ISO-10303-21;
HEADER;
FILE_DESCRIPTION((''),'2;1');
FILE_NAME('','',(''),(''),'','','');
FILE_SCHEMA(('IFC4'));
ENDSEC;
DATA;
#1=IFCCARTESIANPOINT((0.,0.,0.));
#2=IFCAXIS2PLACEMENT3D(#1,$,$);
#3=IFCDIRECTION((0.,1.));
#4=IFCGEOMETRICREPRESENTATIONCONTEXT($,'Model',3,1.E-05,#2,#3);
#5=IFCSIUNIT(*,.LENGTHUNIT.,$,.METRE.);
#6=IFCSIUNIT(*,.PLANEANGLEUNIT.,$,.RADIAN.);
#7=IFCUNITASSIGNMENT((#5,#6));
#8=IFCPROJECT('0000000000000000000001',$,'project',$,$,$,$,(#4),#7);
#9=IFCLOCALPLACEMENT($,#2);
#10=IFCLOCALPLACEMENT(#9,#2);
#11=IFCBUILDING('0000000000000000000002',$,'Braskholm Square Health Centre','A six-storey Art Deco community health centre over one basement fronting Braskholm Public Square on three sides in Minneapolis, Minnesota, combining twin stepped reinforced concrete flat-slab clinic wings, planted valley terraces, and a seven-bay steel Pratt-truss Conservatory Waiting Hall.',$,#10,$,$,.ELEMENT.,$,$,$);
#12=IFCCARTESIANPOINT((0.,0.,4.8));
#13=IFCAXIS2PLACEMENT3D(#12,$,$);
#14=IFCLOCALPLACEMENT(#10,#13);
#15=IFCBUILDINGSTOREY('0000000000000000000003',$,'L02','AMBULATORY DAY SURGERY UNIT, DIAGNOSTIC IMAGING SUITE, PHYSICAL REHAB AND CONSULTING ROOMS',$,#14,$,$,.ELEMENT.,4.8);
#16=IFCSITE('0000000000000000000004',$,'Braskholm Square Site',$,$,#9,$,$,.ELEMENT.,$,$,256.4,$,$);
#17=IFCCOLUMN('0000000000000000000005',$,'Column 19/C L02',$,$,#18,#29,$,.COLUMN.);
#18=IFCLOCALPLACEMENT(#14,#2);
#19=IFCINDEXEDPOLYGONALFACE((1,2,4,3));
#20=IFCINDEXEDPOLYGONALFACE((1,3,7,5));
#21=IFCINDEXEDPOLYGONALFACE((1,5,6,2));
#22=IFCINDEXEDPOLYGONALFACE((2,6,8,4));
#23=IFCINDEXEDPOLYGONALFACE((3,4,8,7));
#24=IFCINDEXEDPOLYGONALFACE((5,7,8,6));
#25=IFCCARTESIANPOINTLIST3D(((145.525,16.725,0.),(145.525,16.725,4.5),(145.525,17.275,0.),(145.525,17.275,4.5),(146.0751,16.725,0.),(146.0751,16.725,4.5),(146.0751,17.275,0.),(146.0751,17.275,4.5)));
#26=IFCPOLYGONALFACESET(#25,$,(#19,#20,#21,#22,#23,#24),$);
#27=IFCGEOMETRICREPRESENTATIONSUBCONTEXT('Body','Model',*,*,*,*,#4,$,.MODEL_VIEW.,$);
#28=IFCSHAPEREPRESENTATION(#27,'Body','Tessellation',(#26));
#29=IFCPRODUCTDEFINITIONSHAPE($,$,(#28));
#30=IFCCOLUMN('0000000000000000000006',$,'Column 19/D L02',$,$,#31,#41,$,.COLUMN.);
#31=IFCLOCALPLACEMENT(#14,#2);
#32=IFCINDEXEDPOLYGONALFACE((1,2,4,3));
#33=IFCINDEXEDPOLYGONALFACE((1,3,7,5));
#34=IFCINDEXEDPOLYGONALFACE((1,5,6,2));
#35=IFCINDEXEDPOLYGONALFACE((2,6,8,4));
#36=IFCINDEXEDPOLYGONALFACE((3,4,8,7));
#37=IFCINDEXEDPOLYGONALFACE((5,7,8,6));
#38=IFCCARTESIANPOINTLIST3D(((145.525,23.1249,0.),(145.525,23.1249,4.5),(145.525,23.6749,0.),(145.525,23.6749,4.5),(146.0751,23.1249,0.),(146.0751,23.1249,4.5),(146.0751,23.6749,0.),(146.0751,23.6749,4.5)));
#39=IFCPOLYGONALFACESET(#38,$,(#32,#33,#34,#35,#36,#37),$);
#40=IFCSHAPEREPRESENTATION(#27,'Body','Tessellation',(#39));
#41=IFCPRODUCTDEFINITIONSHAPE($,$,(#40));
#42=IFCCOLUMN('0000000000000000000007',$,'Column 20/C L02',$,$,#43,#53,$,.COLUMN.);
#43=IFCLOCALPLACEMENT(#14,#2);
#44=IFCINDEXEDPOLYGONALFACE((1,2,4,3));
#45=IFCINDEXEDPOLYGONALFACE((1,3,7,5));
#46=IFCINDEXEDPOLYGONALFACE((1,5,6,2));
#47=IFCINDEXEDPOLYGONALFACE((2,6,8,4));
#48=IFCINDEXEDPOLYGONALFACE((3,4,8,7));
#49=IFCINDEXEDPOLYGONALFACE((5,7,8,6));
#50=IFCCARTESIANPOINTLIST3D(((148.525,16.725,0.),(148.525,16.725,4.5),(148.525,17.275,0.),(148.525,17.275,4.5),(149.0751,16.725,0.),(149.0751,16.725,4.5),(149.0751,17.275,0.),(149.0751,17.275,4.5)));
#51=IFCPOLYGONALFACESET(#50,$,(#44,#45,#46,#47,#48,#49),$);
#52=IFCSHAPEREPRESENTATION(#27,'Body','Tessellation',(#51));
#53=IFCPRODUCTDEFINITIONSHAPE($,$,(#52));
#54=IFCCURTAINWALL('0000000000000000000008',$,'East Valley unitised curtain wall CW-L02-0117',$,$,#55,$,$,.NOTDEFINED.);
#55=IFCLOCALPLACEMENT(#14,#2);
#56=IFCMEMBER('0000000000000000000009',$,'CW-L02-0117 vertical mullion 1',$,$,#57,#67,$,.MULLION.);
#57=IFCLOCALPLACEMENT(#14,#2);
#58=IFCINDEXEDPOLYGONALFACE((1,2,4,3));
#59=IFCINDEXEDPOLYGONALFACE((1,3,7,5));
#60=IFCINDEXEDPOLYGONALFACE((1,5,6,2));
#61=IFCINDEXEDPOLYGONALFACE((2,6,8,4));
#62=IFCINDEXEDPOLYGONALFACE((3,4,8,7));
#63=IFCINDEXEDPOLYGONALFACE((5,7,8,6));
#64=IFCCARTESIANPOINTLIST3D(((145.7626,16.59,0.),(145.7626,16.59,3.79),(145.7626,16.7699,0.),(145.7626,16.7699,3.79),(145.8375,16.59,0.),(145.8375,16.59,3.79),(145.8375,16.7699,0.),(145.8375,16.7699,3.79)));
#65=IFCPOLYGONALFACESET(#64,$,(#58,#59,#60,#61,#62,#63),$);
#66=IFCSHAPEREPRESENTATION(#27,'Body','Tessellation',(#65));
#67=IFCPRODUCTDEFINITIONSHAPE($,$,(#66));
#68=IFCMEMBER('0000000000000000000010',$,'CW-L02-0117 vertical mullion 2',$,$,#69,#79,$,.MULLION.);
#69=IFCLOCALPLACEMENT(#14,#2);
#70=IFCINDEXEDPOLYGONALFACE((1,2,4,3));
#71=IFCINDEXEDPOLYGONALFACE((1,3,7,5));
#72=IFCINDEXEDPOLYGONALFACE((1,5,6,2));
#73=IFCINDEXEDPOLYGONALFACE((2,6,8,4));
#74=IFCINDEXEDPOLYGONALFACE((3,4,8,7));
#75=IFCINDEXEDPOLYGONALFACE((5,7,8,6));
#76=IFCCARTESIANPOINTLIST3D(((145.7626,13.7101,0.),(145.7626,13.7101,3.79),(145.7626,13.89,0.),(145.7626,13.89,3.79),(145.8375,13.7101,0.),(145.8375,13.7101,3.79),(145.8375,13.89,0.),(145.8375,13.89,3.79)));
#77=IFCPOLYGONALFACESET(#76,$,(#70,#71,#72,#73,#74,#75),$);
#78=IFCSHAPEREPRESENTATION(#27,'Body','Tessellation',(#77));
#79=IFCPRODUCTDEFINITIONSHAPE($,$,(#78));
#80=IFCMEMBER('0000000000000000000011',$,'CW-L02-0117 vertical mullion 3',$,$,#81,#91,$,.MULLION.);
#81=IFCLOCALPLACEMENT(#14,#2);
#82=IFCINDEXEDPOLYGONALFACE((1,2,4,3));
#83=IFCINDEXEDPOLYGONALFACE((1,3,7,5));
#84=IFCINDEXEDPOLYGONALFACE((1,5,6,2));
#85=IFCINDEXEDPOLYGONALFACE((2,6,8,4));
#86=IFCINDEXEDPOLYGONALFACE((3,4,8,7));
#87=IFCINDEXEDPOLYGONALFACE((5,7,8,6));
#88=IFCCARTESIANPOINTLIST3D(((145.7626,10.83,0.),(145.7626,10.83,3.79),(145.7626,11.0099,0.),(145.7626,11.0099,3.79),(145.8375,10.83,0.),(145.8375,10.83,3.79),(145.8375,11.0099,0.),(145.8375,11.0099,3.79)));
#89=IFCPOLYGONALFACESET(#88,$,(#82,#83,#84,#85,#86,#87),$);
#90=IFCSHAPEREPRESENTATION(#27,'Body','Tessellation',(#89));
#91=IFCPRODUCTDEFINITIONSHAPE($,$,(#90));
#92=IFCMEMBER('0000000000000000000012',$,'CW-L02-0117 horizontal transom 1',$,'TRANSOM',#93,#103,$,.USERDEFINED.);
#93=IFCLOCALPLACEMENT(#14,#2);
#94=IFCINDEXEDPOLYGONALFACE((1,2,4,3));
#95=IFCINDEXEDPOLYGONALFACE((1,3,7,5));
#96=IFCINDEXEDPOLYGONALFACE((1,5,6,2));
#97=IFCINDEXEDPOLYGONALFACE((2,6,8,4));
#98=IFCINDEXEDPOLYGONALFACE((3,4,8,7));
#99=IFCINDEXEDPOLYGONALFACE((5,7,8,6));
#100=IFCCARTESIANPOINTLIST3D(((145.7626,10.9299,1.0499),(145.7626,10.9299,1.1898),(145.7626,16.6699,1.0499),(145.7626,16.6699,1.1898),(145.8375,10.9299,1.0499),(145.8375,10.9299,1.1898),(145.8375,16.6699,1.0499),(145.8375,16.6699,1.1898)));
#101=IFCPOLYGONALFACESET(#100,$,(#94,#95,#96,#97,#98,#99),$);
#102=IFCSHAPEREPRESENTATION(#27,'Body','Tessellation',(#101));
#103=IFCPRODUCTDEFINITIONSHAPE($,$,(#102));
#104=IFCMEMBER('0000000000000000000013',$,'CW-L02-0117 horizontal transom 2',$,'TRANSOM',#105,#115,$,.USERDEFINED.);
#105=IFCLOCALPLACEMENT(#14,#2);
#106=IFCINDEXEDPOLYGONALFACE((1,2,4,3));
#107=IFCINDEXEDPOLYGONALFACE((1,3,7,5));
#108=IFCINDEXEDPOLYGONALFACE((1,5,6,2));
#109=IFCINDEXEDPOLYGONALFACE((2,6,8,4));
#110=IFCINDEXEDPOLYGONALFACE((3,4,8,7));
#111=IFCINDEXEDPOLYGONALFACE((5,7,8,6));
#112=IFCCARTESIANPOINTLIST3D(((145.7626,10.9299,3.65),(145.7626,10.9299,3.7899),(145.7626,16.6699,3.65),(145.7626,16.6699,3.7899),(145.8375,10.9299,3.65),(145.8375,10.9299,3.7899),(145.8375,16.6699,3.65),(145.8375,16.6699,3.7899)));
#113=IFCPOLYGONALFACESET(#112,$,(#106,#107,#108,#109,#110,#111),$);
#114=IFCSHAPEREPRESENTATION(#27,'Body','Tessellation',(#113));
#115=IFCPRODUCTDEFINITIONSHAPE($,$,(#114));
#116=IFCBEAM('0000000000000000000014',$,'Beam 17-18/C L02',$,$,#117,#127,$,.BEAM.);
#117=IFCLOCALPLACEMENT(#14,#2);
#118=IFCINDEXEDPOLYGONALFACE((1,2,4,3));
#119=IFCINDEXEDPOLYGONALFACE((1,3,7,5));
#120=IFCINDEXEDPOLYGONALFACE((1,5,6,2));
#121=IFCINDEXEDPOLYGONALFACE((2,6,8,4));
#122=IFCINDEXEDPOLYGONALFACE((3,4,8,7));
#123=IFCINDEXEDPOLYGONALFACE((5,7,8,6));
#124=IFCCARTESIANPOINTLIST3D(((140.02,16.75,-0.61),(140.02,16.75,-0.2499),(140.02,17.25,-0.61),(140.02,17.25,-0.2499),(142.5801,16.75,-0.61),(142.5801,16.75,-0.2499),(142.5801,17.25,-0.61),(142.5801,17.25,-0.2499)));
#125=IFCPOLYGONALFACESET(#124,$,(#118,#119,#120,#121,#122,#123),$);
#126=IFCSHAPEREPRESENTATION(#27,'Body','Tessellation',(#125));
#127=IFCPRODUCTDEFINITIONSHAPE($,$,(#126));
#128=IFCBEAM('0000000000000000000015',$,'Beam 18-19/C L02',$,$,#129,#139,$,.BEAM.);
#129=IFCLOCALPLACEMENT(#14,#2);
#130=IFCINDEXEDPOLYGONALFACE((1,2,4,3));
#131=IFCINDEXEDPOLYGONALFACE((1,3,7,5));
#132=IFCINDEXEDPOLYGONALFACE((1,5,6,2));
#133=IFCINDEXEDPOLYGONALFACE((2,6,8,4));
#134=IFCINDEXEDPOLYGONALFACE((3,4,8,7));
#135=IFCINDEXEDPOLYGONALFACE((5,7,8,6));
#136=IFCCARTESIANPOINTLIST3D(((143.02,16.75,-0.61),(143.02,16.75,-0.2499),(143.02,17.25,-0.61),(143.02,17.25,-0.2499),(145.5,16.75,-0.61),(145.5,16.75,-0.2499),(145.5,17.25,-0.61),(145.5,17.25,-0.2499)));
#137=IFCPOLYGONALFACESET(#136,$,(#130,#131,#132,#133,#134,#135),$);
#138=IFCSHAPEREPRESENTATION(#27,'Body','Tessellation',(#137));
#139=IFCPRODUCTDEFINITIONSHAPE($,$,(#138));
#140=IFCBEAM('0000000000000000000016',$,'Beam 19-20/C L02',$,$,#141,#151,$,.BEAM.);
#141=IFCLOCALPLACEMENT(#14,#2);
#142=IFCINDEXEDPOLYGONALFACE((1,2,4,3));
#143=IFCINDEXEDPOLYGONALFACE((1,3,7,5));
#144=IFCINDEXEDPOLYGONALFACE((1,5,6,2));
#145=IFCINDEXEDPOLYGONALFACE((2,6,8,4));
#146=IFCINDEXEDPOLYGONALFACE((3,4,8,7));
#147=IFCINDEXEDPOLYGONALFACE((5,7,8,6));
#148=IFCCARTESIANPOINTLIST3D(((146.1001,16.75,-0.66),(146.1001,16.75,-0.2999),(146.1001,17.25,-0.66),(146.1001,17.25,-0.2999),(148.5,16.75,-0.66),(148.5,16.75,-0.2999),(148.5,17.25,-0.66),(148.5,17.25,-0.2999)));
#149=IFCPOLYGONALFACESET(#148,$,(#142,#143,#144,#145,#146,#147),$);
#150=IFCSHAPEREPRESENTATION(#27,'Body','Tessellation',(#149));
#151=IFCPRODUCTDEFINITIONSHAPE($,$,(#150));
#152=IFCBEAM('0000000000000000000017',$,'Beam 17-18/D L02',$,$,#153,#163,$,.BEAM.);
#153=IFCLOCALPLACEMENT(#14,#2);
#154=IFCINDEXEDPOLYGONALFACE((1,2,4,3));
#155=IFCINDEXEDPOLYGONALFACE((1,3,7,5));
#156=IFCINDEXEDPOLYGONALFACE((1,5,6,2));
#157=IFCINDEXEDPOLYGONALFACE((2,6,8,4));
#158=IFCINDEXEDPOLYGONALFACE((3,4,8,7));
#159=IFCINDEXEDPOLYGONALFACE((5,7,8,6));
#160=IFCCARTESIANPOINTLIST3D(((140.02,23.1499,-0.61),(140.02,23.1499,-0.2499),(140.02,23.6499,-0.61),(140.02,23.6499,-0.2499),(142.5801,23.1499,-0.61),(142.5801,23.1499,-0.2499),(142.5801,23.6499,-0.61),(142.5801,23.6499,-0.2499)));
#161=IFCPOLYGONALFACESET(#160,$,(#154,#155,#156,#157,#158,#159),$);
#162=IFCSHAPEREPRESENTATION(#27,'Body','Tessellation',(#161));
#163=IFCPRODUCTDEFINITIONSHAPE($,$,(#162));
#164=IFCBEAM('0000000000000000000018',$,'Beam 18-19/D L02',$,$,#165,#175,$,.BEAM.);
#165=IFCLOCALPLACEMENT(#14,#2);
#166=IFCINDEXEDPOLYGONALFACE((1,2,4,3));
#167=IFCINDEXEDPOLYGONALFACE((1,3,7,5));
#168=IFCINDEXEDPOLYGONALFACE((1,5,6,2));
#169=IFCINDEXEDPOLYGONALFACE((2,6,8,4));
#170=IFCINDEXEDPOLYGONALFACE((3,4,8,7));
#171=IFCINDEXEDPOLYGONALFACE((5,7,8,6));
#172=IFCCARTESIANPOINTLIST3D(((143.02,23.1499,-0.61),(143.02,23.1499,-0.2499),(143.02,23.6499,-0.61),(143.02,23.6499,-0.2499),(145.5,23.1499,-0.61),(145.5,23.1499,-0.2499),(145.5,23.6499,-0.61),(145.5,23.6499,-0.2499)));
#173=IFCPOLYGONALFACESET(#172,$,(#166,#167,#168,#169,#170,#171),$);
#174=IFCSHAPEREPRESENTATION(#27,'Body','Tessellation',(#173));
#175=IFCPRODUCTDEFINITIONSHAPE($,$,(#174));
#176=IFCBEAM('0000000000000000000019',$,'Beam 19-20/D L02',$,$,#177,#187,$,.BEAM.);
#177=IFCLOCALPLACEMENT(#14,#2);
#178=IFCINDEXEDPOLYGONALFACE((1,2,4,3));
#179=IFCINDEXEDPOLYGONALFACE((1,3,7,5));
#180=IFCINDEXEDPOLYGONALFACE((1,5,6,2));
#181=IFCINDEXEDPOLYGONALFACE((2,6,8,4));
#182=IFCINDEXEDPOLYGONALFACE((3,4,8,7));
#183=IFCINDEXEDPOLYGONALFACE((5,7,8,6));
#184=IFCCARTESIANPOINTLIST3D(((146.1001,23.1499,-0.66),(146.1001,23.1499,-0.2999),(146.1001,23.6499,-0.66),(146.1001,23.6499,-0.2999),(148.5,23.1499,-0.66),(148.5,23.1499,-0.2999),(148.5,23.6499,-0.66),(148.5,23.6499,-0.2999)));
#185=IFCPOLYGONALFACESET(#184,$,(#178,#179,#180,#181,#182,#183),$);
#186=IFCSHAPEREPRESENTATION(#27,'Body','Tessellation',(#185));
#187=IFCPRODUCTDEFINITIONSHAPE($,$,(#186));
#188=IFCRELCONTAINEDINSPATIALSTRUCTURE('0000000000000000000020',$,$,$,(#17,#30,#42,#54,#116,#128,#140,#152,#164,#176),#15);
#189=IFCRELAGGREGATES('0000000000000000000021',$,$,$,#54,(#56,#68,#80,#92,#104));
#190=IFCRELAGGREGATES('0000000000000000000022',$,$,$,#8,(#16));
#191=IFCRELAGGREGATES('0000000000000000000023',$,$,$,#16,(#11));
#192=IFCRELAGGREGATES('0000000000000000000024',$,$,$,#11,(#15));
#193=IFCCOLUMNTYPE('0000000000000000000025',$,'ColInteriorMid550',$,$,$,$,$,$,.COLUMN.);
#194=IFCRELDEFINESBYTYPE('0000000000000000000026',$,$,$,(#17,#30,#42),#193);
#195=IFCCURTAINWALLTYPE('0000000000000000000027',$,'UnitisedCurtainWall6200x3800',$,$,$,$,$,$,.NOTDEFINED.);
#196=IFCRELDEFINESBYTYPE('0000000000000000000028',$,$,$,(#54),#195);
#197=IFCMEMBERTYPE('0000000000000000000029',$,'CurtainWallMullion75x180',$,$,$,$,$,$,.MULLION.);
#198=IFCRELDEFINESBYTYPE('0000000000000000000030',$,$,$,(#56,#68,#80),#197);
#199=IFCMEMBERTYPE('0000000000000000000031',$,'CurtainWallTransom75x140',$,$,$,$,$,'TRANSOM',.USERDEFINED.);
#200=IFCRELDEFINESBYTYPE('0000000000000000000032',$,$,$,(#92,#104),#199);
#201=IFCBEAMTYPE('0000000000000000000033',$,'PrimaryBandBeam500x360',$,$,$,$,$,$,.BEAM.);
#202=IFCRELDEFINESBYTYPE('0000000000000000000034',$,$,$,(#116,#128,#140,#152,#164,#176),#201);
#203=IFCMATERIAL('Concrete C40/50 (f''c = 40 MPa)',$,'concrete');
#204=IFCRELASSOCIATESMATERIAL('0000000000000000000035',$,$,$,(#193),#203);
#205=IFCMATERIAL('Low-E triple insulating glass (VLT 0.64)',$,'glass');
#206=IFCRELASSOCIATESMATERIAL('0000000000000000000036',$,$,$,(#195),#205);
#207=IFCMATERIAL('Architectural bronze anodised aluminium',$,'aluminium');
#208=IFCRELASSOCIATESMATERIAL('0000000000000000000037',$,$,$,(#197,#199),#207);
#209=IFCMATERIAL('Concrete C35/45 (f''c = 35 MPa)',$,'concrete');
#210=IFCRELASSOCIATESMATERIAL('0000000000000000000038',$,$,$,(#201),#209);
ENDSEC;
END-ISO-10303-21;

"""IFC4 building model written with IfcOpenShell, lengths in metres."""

from ifc_helpers import new_model, si_unit, direction, frame, origin, origin_2d, place, context, subcontext, project, spatial, rectangle, extrude, material, material_profile, profile_set, type_object, element, aggregate, save


model = new_model("IFC4")

# Units and contexts
model_context = context("Model", 3, precision=1e-05, world=origin(), true_north=direction((0.0, 1.0)))
body_context = subcontext(model_context, "Body", "Model", "MODEL_VIEW")
ifc_project = project(units=[si_unit("LENGTHUNIT", "METRE"), si_unit("PLANEANGLEUNIT", "RADIAN")], contexts=[model_context])

# Site, building, storey
site_placement = place(None, origin())
site = spatial("IfcSite", under=ifc_project, at=site_placement, Name="Braskholm Square Site", CompositionType="ELEMENT", RefElevation=256.4)
building_placement = place(site_placement, origin())
building = spatial("IfcBuilding", under=site, at=building_placement, Name="Braskholm Square Health Centre", Description="A six-storey Art Deco community health centre over one basement fronting Braskholm Public Square on three sides in Minneapolis, Minnesota, combining twin stepped reinforced concrete flat-slab clinic wings, planted valley terraces, and a seven-bay steel Pratt-truss Conservatory Waiting Hall.", CompositionType="ELEMENT")
storey_placement = place(building_placement, frame((0.0, 0.0, 4.8)))
storey = spatial("IfcBuildingStorey", under=building, at=storey_placement, Name="L02", Description="AMBULATORY DAY SURGERY UNIT, DIAGNOSTIC IMAGING SUITE, PHYSICAL REHAB AND CONSULTING ROOMS", CompositionType="ELEMENT", Elevation=4.8)

# Columns
ifc_material_1 = material(Name="Concrete C40/50 (f'c = 40 MPa)", Category="concrete")
ifc_material_profile_1 = material_profile(ifc_material_1, rectangle(XDim=0.55, YDim=0.55, at=origin_2d()), Name="RC-550X550")
ifc_profile_set_1 = profile_set([ifc_material_profile_1], Name="Concrete C40/50 (f'c = 40 MPa)")
column_type = type_object("IfcColumnType", Name="ColInteriorMid550", PredefinedType="COLUMN", material=ifc_profile_set_1)
for number, where, z_axis, x_axis, name in (
    (1, (145.8, 17.0, 0.0), (0.0, 0.0, 1.0), (1.0, 0.0, 0.0), "Column 19/C L02"),
    (2, (145.8, 23.3999, 0.0), (0.0, 0.0, 1.0), (1.0, 0.0, 0.0), "Column 19/D L02"),
    (3, (148.8, 17.0, 0.0), (0.0, 0.0, 1.0), (1.0, 0.0, 0.0), "Column 20/C L02"),
):
    element("IfcColumn", number, at=place(storey_placement, frame(where, z_axis=z_axis, x_axis=x_axis)), inside=storey, type_object=column_type, Name=name, PredefinedType="COLUMN", context=body_context, shape_type="SweptSolid", body=[
        extrude(rectangle(XDim=0.55, YDim=0.55, at=origin_2d()), origin(), (0.0, 0.0, 1.0), 4.5),
    ])

# Curtain wall, members
ifc_material_2 = material(Name="Low-E triple insulating glass (VLT 0.64)", Category="glass")
curtain_wall_type = type_object("IfcCurtainWallType", Name="UnitisedCurtainWall6200x3800", PredefinedType="NOTDEFINED", material=ifc_material_2)
curtain_wall_placement = place(storey_placement, origin())
curtain_wall = element("IfcCurtainWall", 4, at=curtain_wall_placement, inside=storey, type_object=curtain_wall_type, Name="East Valley unitised curtain wall CW-L02-0117", PredefinedType="NOTDEFINED")
ifc_material_3 = material(Name="Architectural bronze anodised aluminium", Category="aluminium")
ifc_material_profile_2 = material_profile(ifc_material_3, rectangle(XDim=0.075, YDim=0.1799, at=origin_2d()), Name="ALU-75X180")
ifc_profile_set_2 = profile_set([ifc_material_profile_2], Name="Architectural bronze anodised aluminium")
member_type_1 = type_object("IfcMemberType", Name="CurtainWallMullion75x180", PredefinedType="MULLION", material=ifc_profile_set_2)
member_1_placement = place(storey_placement, frame((145.8, 16.6799, 0.0), z_axis=(0.0, 0.0, 1.0), x_axis=(1.0, 0.0, 0.0)))
member_1 = element("IfcMember", 5, at=member_1_placement, type_object=member_type_1, Name="CW-L02-0117 vertical mullion 1", PredefinedType="MULLION", context=body_context, shape_type="SweptSolid", body=[
    extrude(rectangle(XDim=0.075, YDim=0.1799, at=origin_2d()), origin(), (0.0, 0.0, 1.0), 3.79),
])
member_2_placement = place(storey_placement, frame((145.8, 13.8, 0.0), z_axis=(0.0, 0.0, 1.0), x_axis=(1.0, 0.0, 0.0)))
member_2 = element("IfcMember", 6, at=member_2_placement, type_object=member_type_1, Name="CW-L02-0117 vertical mullion 2", PredefinedType="MULLION", context=body_context, shape_type="SweptSolid", body=[
    extrude(rectangle(XDim=0.075, YDim=0.1799, at=origin_2d()), origin(), (0.0, 0.0, 1.0), 3.79),
])
member_3_placement = place(storey_placement, frame((145.8, 10.9199, 0.0), z_axis=(0.0, 0.0, 1.0), x_axis=(1.0, 0.0, 0.0)))
member_3 = element("IfcMember", 7, at=member_3_placement, type_object=member_type_1, Name="CW-L02-0117 vertical mullion 3", PredefinedType="MULLION", context=body_context, shape_type="SweptSolid", body=[
    extrude(rectangle(XDim=0.075, YDim=0.1799, at=origin_2d()), origin(), (0.0, 0.0, 1.0), 3.79),
])
ifc_material_profile_3 = material_profile(ifc_material_3, rectangle(XDim=0.075, YDim=0.1399, at=origin_2d()), Name="ALU-75X140")
ifc_profile_set_3 = profile_set([ifc_material_profile_3], Name="Architectural bronze anodised aluminium")
member_type_2 = type_object("IfcMemberType", Name="CurtainWallTransom75x140", ElementType="TRANSOM", PredefinedType="USERDEFINED", material=ifc_profile_set_3)
member_4_placement = place(storey_placement, frame((145.8, 16.6699, 1.1199), z_axis=(0.0, -1.0, 0.0), x_axis=(1.0, 0.0, 0.0)))
member_4 = element("IfcMember", 8, at=member_4_placement, type_object=member_type_2, Name="CW-L02-0117 horizontal transom 1", ObjectType="TRANSOM", PredefinedType="USERDEFINED", context=body_context, shape_type="SweptSolid", body=[
    extrude(rectangle(XDim=0.075, YDim=0.1399, at=origin_2d()), origin(), (0.0, 0.0, 1.0), 5.74),
])
member_5_placement = place(storey_placement, frame((145.8, 16.6699, 3.72), z_axis=(0.0, -1.0, 0.0), x_axis=(1.0, 0.0, 0.0)))
member_5 = element("IfcMember", 9, at=member_5_placement, type_object=member_type_2, Name="CW-L02-0117 horizontal transom 2", ObjectType="TRANSOM", PredefinedType="USERDEFINED", context=body_context, shape_type="SweptSolid", body=[
    extrude(rectangle(XDim=0.075, YDim=0.1399, at=origin_2d()), origin(), (0.0, 0.0, 1.0), 5.74),
])

# Beams
ifc_material_4 = material(Name="Concrete C35/45 (f'c = 35 MPa)", Category="concrete")
ifc_material_profile_4 = material_profile(ifc_material_4, rectangle(XDim=0.5, YDim=0.3601, at=origin_2d()), Name="RCB-500X360")
ifc_profile_set_4 = profile_set([ifc_material_profile_4], Name="Concrete C35/45 (f'c = 35 MPa)")
beam_type_1 = type_object("IfcBeamType", Name="PrimaryBandBeam500x360", PredefinedType="BEAM", material=ifc_profile_set_4)
beam_1_placement = place(storey_placement, frame((140.02, 17.0, -0.4299), z_axis=(1.0, 0.0, 0.0), x_axis=(0.0, 1.0, 0.0)))
element("IfcBeam", 10, at=beam_1_placement, inside=storey, type_object=beam_type_1, Name="Beam 17-18/C L02", PredefinedType="BEAM", context=body_context, shape_type="SweptSolid", body=[
    extrude(rectangle(XDim=0.5, YDim=0.3601, at=origin_2d()), origin(), (0.0, 0.0, 1.0), 2.5601),
])
beam_2_placement = place(storey_placement, frame((143.02, 17.0, -0.4299), z_axis=(1.0, 0.0, 0.0), x_axis=(0.0, 1.0, 0.0)))
element("IfcBeam", 11, at=beam_2_placement, inside=storey, type_object=beam_type_1, Name="Beam 18-19/C L02", PredefinedType="BEAM", context=body_context, shape_type="SweptSolid", body=[
    extrude(rectangle(XDim=0.5, YDim=0.3601, at=origin_2d()), origin(), (0.0, 0.0, 1.0), 2.48),
])
beam_3_placement = place(storey_placement, frame((146.1001, 17.0, -0.48), z_axis=(1.0, 0.0, 0.0), x_axis=(0.0, 1.0, 0.0)))
element("IfcBeam", 12, at=beam_3_placement, inside=storey, type_object=beam_type_1, Name="Beam 19-20/C L02", PredefinedType="BEAM", context=body_context, shape_type="SweptSolid", body=[
    extrude(rectangle(XDim=0.5, YDim=0.3601, at=origin_2d()), origin(), (0.0, 0.0, 1.0), 2.3999),
])
beam_4_placement = place(storey_placement, frame((140.02, 23.3999, -0.4299), z_axis=(1.0, 0.0, 0.0), x_axis=(0.0, 1.0, 0.0)))
element("IfcBeam", 13, at=beam_4_placement, inside=storey, type_object=beam_type_1, Name="Beam 17-18/D L02", PredefinedType="BEAM", context=body_context, shape_type="SweptSolid", body=[
    extrude(rectangle(XDim=0.5, YDim=0.3601, at=origin_2d()), origin(), (0.0, 0.0, 1.0), 2.5601),
])
beam_5_placement = place(storey_placement, frame((143.02, 23.3999, -0.4299), z_axis=(1.0, 0.0, 0.0), x_axis=(0.0, 1.0, 0.0)))
element("IfcBeam", 14, at=beam_5_placement, inside=storey, type_object=beam_type_1, Name="Beam 18-19/D L02", PredefinedType="BEAM", context=body_context, shape_type="SweptSolid", body=[
    extrude(rectangle(XDim=0.5, YDim=0.3601, at=origin_2d()), origin(), (0.0, 0.0, 1.0), 2.48),
])
beam_6_placement = place(storey_placement, frame((146.1001, 23.3999, -0.48), z_axis=(1.0, 0.0, 0.0), x_axis=(0.0, 1.0, 0.0)))
element("IfcBeam", 15, at=beam_6_placement, inside=storey, type_object=beam_type_1, Name="Beam 19-20/D L02", PredefinedType="BEAM", context=body_context, shape_type="SweptSolid", body=[
    extrude(rectangle(XDim=0.5, YDim=0.3601, at=origin_2d()), origin(), (0.0, 0.0, 1.0), 2.3999),
])

aggregate(curtain_wall, [member_1, member_2, member_3, member_4, member_5])

save(model, "model.ifc")
